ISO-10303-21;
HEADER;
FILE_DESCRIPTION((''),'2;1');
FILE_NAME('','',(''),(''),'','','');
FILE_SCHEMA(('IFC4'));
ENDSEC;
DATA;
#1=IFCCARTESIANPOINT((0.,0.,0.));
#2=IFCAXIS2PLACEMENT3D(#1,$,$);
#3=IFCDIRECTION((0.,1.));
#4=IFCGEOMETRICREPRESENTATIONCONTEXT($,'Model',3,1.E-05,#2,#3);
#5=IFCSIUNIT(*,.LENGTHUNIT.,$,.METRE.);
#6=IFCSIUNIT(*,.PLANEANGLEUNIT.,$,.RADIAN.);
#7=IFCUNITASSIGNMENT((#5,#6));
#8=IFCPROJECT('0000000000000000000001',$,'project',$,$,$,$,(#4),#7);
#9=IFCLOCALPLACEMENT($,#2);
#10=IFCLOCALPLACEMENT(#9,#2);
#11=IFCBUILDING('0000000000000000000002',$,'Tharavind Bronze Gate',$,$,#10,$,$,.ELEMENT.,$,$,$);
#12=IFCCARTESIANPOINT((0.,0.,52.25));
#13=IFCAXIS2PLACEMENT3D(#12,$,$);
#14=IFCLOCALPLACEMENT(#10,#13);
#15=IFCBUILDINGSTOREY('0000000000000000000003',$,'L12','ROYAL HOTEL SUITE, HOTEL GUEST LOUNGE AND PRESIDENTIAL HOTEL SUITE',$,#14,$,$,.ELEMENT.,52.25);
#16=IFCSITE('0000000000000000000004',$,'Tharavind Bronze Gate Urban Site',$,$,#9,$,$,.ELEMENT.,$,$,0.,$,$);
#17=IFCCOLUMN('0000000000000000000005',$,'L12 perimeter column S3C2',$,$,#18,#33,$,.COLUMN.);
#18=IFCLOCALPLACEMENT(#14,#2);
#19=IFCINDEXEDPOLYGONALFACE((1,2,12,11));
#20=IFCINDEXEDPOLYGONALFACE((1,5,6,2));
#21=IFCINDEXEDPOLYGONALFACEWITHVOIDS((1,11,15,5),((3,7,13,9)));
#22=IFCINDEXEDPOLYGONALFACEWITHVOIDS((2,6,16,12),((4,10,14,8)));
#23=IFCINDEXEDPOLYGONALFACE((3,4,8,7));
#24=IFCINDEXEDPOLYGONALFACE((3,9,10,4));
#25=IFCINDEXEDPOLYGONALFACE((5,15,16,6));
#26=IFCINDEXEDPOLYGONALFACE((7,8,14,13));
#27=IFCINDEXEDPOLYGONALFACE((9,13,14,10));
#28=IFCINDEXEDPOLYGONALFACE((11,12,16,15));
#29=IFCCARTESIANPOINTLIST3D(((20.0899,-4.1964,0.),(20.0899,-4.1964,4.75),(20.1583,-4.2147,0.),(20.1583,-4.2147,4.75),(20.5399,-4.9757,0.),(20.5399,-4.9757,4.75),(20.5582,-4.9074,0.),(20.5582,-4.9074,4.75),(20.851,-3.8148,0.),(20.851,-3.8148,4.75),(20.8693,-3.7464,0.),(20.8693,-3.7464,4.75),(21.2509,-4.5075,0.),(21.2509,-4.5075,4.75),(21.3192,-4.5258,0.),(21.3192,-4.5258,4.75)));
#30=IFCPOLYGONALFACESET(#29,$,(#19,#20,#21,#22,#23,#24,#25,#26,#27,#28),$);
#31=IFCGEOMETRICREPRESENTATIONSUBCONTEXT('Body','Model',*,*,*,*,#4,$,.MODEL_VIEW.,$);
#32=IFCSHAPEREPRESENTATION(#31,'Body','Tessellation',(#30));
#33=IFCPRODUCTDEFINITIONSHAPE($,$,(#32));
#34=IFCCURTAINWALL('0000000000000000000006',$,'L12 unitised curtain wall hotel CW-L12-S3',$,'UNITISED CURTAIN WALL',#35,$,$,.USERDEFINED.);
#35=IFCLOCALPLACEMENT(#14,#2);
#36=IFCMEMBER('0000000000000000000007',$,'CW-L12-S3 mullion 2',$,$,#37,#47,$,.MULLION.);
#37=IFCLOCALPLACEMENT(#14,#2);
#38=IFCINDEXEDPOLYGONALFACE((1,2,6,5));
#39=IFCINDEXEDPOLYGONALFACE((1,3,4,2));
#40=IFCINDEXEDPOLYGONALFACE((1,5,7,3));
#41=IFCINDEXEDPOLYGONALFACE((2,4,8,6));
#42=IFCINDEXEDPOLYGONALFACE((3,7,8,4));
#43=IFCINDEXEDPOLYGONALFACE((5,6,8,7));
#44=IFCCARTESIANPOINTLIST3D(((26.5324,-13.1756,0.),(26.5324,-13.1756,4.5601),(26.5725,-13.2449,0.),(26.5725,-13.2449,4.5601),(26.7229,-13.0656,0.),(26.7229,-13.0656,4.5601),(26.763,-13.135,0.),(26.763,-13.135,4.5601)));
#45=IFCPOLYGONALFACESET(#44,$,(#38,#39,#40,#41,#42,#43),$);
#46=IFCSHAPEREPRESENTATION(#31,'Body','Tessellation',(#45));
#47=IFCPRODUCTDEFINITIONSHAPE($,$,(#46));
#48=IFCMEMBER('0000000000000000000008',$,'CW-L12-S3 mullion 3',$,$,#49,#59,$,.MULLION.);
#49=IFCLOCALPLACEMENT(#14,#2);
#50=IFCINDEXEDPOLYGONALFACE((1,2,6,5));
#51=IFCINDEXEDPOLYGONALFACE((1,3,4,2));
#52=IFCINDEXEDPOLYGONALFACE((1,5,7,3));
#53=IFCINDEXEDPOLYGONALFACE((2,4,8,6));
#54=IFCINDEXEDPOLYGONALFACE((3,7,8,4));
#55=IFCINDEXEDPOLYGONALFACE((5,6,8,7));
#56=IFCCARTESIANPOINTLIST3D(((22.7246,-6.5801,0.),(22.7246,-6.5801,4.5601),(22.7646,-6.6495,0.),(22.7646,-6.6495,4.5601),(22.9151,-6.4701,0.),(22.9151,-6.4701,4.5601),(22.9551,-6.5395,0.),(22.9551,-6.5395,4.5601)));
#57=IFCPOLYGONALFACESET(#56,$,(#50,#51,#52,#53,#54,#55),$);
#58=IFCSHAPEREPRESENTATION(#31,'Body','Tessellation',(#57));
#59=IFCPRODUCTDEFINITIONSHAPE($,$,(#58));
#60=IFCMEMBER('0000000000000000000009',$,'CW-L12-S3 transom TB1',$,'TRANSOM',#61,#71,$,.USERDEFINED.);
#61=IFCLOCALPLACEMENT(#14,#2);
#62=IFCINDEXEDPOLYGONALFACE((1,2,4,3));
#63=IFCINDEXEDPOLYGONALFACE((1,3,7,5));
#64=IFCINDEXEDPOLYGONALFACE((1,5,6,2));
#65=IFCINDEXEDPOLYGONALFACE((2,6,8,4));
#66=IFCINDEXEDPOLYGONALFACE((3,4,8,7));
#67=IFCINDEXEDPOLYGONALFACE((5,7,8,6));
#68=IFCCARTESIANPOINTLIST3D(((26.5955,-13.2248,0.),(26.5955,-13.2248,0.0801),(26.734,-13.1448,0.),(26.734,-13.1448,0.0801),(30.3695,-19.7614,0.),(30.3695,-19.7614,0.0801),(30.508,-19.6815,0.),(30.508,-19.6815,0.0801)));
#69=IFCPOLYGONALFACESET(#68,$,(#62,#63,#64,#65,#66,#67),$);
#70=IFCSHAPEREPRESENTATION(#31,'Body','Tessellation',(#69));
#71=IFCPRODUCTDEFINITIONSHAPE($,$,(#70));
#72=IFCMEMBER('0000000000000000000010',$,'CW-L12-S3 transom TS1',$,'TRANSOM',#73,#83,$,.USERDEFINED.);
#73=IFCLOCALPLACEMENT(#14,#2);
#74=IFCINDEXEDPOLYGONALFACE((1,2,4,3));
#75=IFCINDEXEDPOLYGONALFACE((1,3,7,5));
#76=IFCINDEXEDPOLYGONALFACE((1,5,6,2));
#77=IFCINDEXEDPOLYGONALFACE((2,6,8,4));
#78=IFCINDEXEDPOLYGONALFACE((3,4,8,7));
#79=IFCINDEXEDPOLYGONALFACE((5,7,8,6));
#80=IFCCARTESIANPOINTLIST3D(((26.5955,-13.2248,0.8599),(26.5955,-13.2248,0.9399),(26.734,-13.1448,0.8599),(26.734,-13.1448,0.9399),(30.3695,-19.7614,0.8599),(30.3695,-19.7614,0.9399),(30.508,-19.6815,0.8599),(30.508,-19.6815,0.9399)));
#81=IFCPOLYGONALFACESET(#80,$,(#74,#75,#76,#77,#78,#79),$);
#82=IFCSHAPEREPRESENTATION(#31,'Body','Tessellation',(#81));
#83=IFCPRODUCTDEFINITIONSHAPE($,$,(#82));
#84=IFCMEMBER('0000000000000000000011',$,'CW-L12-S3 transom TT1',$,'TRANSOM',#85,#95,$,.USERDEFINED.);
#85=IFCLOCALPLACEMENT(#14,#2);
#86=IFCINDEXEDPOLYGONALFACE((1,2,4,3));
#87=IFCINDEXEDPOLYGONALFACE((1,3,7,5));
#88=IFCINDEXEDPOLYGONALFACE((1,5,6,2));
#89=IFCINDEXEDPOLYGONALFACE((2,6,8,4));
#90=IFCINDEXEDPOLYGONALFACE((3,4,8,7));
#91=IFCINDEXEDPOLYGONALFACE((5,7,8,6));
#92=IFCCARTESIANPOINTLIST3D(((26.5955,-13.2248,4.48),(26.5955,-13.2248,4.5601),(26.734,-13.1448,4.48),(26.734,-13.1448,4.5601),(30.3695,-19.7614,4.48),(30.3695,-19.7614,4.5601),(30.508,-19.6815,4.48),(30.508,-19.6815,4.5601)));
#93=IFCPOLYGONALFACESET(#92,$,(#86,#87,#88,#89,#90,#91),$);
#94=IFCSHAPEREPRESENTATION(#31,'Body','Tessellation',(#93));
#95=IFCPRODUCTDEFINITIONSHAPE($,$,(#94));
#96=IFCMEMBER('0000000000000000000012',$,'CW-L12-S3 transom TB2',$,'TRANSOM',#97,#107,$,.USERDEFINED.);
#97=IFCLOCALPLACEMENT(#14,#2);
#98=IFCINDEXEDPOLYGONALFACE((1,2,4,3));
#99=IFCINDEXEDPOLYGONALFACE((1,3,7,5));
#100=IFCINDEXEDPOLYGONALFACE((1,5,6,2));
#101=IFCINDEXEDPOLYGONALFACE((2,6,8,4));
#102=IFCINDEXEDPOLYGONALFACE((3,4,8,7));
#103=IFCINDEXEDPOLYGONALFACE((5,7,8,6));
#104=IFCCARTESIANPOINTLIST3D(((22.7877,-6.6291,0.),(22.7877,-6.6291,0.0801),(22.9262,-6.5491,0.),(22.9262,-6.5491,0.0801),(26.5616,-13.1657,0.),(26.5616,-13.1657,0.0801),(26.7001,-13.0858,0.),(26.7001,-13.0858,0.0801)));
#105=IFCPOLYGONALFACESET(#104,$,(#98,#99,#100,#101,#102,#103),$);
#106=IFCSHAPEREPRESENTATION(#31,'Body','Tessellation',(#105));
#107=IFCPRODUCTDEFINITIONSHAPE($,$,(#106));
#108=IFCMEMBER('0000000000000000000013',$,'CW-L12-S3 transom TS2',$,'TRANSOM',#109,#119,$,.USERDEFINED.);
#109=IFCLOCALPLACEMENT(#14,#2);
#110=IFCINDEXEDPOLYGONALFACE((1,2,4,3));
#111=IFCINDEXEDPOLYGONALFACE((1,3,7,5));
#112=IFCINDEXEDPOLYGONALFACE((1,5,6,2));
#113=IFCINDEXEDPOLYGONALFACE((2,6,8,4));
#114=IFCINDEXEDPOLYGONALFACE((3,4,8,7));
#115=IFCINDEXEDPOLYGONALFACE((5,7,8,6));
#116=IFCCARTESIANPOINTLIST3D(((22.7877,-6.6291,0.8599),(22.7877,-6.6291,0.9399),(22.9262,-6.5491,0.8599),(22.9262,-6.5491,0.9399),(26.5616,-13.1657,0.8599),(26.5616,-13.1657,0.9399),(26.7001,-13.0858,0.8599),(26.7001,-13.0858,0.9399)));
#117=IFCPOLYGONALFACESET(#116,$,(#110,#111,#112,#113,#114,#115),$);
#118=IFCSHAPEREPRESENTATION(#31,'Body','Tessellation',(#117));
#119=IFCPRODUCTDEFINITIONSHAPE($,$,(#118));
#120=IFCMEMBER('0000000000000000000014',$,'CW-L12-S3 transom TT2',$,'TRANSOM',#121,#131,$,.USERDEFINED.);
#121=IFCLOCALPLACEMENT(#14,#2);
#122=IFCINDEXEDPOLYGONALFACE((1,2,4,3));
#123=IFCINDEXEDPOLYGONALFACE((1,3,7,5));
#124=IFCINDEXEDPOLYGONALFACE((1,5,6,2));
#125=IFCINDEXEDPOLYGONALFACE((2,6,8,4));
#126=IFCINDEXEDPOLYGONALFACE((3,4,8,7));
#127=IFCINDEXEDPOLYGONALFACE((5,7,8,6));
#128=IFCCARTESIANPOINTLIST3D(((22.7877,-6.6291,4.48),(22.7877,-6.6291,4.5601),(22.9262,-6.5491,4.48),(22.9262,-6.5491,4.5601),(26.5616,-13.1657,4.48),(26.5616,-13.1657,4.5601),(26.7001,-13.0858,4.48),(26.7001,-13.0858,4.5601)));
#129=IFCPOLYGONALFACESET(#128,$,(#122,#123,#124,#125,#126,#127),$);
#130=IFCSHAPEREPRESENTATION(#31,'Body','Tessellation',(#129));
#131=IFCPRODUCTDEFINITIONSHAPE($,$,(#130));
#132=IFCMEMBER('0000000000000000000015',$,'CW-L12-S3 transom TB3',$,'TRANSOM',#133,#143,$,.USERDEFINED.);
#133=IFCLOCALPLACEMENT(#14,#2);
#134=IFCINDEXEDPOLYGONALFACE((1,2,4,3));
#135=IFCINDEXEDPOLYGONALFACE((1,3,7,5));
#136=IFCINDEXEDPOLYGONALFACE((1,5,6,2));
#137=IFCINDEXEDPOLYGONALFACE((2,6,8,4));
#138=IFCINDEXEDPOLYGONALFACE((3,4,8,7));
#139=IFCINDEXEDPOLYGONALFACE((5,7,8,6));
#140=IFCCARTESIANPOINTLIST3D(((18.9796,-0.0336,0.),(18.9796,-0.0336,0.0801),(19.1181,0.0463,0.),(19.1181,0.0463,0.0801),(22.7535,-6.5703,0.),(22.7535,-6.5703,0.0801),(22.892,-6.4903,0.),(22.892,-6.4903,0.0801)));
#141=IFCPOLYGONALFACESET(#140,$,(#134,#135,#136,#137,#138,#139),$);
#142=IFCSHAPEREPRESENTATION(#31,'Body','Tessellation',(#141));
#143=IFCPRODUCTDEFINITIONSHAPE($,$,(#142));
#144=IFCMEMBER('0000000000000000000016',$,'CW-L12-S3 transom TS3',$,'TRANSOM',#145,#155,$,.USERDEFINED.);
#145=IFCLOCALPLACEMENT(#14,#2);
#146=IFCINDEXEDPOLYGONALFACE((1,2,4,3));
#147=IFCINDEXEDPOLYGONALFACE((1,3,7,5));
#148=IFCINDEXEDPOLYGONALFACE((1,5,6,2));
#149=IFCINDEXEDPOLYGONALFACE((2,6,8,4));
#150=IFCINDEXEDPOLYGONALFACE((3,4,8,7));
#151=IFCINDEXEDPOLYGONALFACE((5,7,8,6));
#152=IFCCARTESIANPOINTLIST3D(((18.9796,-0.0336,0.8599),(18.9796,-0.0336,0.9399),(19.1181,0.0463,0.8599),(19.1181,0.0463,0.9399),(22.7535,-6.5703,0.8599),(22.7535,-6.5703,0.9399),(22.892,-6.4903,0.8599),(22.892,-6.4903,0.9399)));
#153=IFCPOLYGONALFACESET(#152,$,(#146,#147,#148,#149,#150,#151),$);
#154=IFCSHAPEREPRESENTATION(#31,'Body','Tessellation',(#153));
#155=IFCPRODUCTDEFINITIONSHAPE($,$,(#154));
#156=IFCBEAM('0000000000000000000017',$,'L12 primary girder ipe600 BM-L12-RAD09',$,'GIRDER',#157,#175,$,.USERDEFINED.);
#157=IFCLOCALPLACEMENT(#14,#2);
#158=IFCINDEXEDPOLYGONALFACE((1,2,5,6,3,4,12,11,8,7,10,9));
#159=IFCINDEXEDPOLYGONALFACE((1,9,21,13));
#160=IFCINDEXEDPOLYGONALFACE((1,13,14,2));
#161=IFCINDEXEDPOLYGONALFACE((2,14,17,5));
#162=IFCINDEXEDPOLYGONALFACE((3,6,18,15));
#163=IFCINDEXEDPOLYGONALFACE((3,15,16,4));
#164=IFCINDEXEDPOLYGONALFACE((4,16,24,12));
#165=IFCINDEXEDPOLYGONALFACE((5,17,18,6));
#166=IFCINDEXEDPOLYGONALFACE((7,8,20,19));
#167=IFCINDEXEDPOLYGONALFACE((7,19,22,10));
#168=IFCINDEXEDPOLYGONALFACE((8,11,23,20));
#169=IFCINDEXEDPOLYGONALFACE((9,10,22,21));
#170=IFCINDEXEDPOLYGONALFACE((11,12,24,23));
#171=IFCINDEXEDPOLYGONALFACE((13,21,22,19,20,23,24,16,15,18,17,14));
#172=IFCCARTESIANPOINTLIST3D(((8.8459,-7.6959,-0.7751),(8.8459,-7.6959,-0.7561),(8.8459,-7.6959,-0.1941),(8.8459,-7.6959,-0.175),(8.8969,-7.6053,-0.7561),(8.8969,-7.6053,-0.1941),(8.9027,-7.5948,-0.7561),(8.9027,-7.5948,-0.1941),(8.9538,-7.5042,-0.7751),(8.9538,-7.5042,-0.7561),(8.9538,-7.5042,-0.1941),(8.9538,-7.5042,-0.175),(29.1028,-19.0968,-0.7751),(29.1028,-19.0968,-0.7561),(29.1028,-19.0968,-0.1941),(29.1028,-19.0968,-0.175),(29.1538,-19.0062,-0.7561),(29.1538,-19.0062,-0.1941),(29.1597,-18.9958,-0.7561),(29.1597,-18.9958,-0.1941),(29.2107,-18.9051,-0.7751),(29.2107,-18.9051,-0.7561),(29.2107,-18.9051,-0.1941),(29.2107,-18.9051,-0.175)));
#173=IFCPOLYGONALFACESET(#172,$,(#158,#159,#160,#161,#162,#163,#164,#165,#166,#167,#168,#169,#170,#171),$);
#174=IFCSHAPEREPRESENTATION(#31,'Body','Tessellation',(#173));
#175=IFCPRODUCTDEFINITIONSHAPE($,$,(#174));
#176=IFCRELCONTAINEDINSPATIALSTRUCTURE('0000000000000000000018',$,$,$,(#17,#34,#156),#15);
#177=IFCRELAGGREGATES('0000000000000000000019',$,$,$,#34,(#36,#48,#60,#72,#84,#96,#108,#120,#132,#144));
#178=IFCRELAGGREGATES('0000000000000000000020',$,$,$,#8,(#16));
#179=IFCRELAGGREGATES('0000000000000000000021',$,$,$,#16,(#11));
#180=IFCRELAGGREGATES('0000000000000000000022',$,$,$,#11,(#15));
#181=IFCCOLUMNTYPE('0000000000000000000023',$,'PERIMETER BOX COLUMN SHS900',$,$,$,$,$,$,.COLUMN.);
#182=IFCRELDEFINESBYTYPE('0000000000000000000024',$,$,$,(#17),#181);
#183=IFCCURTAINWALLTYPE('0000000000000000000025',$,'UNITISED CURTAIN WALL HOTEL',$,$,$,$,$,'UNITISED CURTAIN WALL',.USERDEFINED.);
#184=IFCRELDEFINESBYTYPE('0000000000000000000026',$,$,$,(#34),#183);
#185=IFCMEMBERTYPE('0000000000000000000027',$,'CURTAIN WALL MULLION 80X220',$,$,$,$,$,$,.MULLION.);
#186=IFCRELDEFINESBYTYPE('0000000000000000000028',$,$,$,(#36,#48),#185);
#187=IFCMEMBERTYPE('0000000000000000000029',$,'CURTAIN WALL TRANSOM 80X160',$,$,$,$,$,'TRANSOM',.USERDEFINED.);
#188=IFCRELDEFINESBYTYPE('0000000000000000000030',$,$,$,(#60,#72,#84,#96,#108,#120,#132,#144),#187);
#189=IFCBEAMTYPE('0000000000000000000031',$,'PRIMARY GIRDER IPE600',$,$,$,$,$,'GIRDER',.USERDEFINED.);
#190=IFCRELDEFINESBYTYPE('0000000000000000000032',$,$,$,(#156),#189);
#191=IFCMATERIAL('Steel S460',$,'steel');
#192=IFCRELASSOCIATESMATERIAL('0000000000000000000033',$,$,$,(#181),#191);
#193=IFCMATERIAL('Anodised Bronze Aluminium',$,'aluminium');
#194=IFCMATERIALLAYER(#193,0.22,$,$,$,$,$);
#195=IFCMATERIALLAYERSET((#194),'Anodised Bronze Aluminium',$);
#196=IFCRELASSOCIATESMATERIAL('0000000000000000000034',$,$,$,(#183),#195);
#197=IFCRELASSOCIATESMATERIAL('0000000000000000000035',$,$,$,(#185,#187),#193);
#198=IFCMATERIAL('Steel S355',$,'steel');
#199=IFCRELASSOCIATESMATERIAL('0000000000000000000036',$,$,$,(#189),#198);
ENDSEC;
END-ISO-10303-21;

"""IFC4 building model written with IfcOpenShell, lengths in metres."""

from ifc_helpers import new_model, si_unit, direction, frame, origin, origin_2d, place, context, subcontext, project, spatial, rectangle, hollow_rectangle, i_section, extrude, material, layer, layer_set, material_profile, profile_set, type_object, element, aggregate, save


model = new_model("IFC4")

# Units and contexts
model_context = context("Model", 3, precision=1e-05, world=origin(), true_north=direction((0.0, 1.0)))
body_context = subcontext(model_context, "Body", "Model", "MODEL_VIEW")
ifc_project = project(units=[si_unit("LENGTHUNIT", "METRE"), si_unit("PLANEANGLEUNIT", "RADIAN")], contexts=[model_context])

# Site, building, storey
site_placement = place(None, origin())
site = spatial("IfcSite", under=ifc_project, at=site_placement, Name="Tharavind Bronze Gate Urban Site", CompositionType="ELEMENT", RefElevation=0.0)
building_placement = place(site_placement, origin())
building = spatial("IfcBuilding", under=site, at=building_placement, Name="Tharavind Bronze Gate", CompositionType="ELEMENT")
storey_placement = place(building_placement, frame((0.0, 0.0, 52.25)))
storey = spatial("IfcBuildingStorey", under=building, at=storey_placement, Name="L12", Description="ROYAL HOTEL SUITE, HOTEL GUEST LOUNGE AND PRESIDENTIAL HOTEL SUITE", CompositionType="ELEMENT", Elevation=52.25)

# Column
ifc_material_1 = material(Name="Steel S460", Category="steel")
ifc_material_profile_1 = material_profile(ifc_material_1, hollow_rectangle(XDim=0.8999, YDim=0.8999, WallThickness=0.05, at=origin_2d()), Name="SHS900X50")
ifc_profile_set_1 = profile_set([ifc_material_profile_1], Name="Steel S460")
column_type = type_object("IfcColumnType", Name="PERIMETER BOX COLUMN SHS900", PredefinedType="COLUMN", material=ifc_profile_set_1)
column_placement = place(storey_placement, frame((20.7046, -4.3611, 0.0), z_axis=(0.0, 0.0, 1.0), x_axis=(-0.500002, 0.866025, 0.0)))
element("IfcColumn", 1, at=column_placement, inside=storey, type_object=column_type, Name="L12 perimeter column S3C2", PredefinedType="COLUMN", context=body_context, shape_type="SweptSolid", body=[
    extrude(hollow_rectangle(XDim=0.8999, YDim=0.8999, WallThickness=0.05, at=origin_2d()), origin(), (0.0, 0.0, 1.0), 4.75),
])

# Curtain wall, members
ifc_material_2 = material(Name="Anodised Bronze Aluminium", Category="aluminium")
ifc_layer_1 = layer(ifc_material_2, 0.22)
ifc_layer_set_1 = layer_set([ifc_layer_1], Name="Anodised Bronze Aluminium")
curtain_wall_type = type_object("IfcCurtainWallType", Name="UNITISED CURTAIN WALL HOTEL", ElementType="UNITISED CURTAIN WALL", PredefinedType="USERDEFINED", material=ifc_layer_set_1)
curtain_wall_placement = place(storey_placement, origin())
curtain_wall = element("IfcCurtainWall", 2, at=curtain_wall_placement, inside=storey, type_object=curtain_wall_type, Name="L12 unitised curtain wall hotel CW-L12-S3", ObjectType="UNITISED CURTAIN WALL", PredefinedType="USERDEFINED")
member_type_1 = type_object("IfcMemberType", Name="CURTAIN WALL MULLION 80X220", PredefinedType="MULLION", material=ifc_material_2)
member_1_placement = place(storey_placement, frame((26.6477, -13.1553, 0.0), z_axis=(0.0, 0.0, 1.0), x_axis=(-0.500002, 0.866025, 0.0)))
member_1 = element("IfcMember", 3, at=member_1_placement, type_object=member_type_1, Name="CW-L12-S3 mullion 2", PredefinedType="MULLION", context=body_context, shape_type="SweptSolid", body=[
    extrude(rectangle(XDim=0.0801, YDim=0.22, at=origin_2d()), origin(), (0.0, 0.0, 1.0), 4.5601),
])
member_2_placement = place(storey_placement, frame((22.8398, -6.5598, 0.0), z_axis=(0.0, 0.0, 1.0), x_axis=(-0.500002, 0.866025, 0.0)))
member_2 = element("IfcMember", 4, at=member_2_placement, type_object=member_type_1, Name="CW-L12-S3 mullion 3", PredefinedType="MULLION", context=body_context, shape_type="SweptSolid", body=[
    extrude(rectangle(XDim=0.0801, YDim=0.22, at=origin_2d()), origin(), (0.0, 0.0, 1.0), 4.5601),
])
member_type_2 = type_object("IfcMemberType", Name="CURTAIN WALL TRANSOM 80X160", ElementType="TRANSOM", PredefinedType="USERDEFINED", material=ifc_material_2)
member_3_placement = place(storey_placement, frame((28.5518, -16.4531, 0.0), z_axis=(0.0, 0.0, 1.0), x_axis=(-0.500002, 0.866025, 0.0)))
member_3 = element("IfcMember", 5, at=member_3_placement, type_object=member_type_2, Name="CW-L12-S3 transom TB1", ObjectType="TRANSOM", PredefinedType="USERDEFINED", context=body_context, shape_type="SweptSolid", body=[
    extrude(rectangle(XDim=7.5479, YDim=0.1599, at=origin_2d()), origin(), (0.0, 0.0, 1.0), 0.0801),
])
member_4_placement = place(storey_placement, frame((28.5518, -16.4531, 0.8599), z_axis=(0.0, 0.0, 1.0), x_axis=(-0.500002, 0.866025, 0.0)))
member_4 = element("IfcMember", 6, at=member_4_placement, type_object=member_type_2, Name="CW-L12-S3 transom TS1", ObjectType="TRANSOM", PredefinedType="USERDEFINED", context=body_context, shape_type="SweptSolid", body=[
    extrude(rectangle(XDim=7.5479, YDim=0.1599, at=origin_2d()), origin(), (0.0, 0.0, 1.0), 0.0801),
])
member_5_placement = place(storey_placement, frame((28.5518, -16.4531, 4.48), z_axis=(0.0, 0.0, 1.0), x_axis=(-0.500002, 0.866025, 0.0)))
member_5 = element("IfcMember", 7, at=member_5_placement, type_object=member_type_2, Name="CW-L12-S3 transom TT1", ObjectType="TRANSOM", PredefinedType="USERDEFINED", context=body_context, shape_type="SweptSolid", body=[
    extrude(rectangle(XDim=7.5479, YDim=0.1599, at=origin_2d()), origin(), (0.0, 0.0, 1.0), 0.0801),
])
member_6_placement = place(storey_placement, frame((24.7439, -9.8574, 0.0), z_axis=(0.0, 0.0, 1.0), x_axis=(-0.500002, 0.866025, 0.0)))
member_6 = element("IfcMember", 8, at=member_6_placement, type_object=member_type_2, Name="CW-L12-S3 transom TB2", ObjectType="TRANSOM", PredefinedType="USERDEFINED", context=body_context, shape_type="SweptSolid", body=[
    extrude(rectangle(XDim=7.5479, YDim=0.1599, at=origin_2d()), origin(), (0.0, 0.0, 1.0), 0.0801),
])
member_7_placement = place(storey_placement, frame((24.7439, -9.8574, 0.8599), z_axis=(0.0, 0.0, 1.0), x_axis=(-0.500002, 0.866025, 0.0)))
member_7 = element("IfcMember", 9, at=member_7_placement, type_object=member_type_2, Name="CW-L12-S3 transom TS2", ObjectType="TRANSOM", PredefinedType="USERDEFINED", context=body_context, shape_type="SweptSolid", body=[
    extrude(rectangle(XDim=7.5479, YDim=0.1599, at=origin_2d()), origin(), (0.0, 0.0, 1.0), 0.0801),
])
member_8_placement = place(storey_placement, frame((24.7439, -9.8574, 4.48), z_axis=(0.0, 0.0, 1.0), x_axis=(-0.500002, 0.866025, 0.0)))
member_8 = element("IfcMember", 10, at=member_8_placement, type_object=member_type_2, Name="CW-L12-S3 transom TT2", ObjectType="TRANSOM", PredefinedType="USERDEFINED", context=body_context, shape_type="SweptSolid", body=[
    extrude(rectangle(XDim=7.5479, YDim=0.1599, at=origin_2d()), origin(), (0.0, 0.0, 1.0), 0.0801),
])
member_9_placement = place(storey_placement, frame((20.9358, -3.262, 0.0), z_axis=(0.0, 0.0, 1.0), x_axis=(-0.500002, 0.866025, 0.0)))
member_9 = element("IfcMember", 11, at=member_9_placement, type_object=member_type_2, Name="CW-L12-S3 transom TB3", ObjectType="TRANSOM", PredefinedType="USERDEFINED", context=body_context, shape_type="SweptSolid", body=[
    extrude(rectangle(XDim=7.5479, YDim=0.1599, at=origin_2d()), origin(), (0.0, 0.0, 1.0), 0.0801),
])
member_10_placement = place(storey_placement, frame((20.9358, -3.262, 0.8599), z_axis=(0.0, 0.0, 1.0), x_axis=(-0.500002, 0.866025, 0.0)))
member_10 = element("IfcMember", 12, at=member_10_placement, type_object=member_type_2, Name="CW-L12-S3 transom TS3", ObjectType="TRANSOM", PredefinedType="USERDEFINED", context=body_context, shape_type="SweptSolid", body=[
    extrude(rectangle(XDim=7.5479, YDim=0.1599, at=origin_2d()), origin(), (0.0, 0.0, 1.0), 0.0801),
])

# Beam
ifc_material_3 = material(Name="Steel S355", Category="steel")
ifc_material_profile_2 = material_profile(ifc_material_3, i_section(OverallWidth=0.22, OverallDepth=0.6001, WebThickness=0.012, FlangeThickness=0.019, at=origin_2d()), Name="IPE600")
ifc_profile_set_2 = profile_set([ifc_material_profile_2], Name="Steel S355")
beam_type_1 = type_object("IfcBeamType", Name="PRIMARY GIRDER IPE600", ElementType="GIRDER", PredefinedType="USERDEFINED", material=ifc_profile_set_2)
beam_1_placement = place(storey_placement, frame((29.1567, -19.001, -0.4751), z_axis=(-0.871458, 0.490471, 0.0), x_axis=(-0.490471, -0.871458, 0.0)))
element("IfcBeam", 13, at=beam_1_placement, inside=storey, type_object=beam_type_1, Name="L12 primary girder ipe600 BM-L12-RAD09", ObjectType="GIRDER", PredefinedType="USERDEFINED", context=body_context, shape_type="SweptSolid", body=[
    extrude(i_section(OverallWidth=0.22, OverallDepth=0.6001, WebThickness=0.012, FlangeThickness=0.019, at=origin_2d()), origin(), (0.0, 0.0, 1.0), 23.2449),
])

aggregate(curtain_wall, [member_1, member_2, member_3, member_4, member_5, member_6, member_7, member_8, member_9, member_10])

save(model, "model.ifc")
